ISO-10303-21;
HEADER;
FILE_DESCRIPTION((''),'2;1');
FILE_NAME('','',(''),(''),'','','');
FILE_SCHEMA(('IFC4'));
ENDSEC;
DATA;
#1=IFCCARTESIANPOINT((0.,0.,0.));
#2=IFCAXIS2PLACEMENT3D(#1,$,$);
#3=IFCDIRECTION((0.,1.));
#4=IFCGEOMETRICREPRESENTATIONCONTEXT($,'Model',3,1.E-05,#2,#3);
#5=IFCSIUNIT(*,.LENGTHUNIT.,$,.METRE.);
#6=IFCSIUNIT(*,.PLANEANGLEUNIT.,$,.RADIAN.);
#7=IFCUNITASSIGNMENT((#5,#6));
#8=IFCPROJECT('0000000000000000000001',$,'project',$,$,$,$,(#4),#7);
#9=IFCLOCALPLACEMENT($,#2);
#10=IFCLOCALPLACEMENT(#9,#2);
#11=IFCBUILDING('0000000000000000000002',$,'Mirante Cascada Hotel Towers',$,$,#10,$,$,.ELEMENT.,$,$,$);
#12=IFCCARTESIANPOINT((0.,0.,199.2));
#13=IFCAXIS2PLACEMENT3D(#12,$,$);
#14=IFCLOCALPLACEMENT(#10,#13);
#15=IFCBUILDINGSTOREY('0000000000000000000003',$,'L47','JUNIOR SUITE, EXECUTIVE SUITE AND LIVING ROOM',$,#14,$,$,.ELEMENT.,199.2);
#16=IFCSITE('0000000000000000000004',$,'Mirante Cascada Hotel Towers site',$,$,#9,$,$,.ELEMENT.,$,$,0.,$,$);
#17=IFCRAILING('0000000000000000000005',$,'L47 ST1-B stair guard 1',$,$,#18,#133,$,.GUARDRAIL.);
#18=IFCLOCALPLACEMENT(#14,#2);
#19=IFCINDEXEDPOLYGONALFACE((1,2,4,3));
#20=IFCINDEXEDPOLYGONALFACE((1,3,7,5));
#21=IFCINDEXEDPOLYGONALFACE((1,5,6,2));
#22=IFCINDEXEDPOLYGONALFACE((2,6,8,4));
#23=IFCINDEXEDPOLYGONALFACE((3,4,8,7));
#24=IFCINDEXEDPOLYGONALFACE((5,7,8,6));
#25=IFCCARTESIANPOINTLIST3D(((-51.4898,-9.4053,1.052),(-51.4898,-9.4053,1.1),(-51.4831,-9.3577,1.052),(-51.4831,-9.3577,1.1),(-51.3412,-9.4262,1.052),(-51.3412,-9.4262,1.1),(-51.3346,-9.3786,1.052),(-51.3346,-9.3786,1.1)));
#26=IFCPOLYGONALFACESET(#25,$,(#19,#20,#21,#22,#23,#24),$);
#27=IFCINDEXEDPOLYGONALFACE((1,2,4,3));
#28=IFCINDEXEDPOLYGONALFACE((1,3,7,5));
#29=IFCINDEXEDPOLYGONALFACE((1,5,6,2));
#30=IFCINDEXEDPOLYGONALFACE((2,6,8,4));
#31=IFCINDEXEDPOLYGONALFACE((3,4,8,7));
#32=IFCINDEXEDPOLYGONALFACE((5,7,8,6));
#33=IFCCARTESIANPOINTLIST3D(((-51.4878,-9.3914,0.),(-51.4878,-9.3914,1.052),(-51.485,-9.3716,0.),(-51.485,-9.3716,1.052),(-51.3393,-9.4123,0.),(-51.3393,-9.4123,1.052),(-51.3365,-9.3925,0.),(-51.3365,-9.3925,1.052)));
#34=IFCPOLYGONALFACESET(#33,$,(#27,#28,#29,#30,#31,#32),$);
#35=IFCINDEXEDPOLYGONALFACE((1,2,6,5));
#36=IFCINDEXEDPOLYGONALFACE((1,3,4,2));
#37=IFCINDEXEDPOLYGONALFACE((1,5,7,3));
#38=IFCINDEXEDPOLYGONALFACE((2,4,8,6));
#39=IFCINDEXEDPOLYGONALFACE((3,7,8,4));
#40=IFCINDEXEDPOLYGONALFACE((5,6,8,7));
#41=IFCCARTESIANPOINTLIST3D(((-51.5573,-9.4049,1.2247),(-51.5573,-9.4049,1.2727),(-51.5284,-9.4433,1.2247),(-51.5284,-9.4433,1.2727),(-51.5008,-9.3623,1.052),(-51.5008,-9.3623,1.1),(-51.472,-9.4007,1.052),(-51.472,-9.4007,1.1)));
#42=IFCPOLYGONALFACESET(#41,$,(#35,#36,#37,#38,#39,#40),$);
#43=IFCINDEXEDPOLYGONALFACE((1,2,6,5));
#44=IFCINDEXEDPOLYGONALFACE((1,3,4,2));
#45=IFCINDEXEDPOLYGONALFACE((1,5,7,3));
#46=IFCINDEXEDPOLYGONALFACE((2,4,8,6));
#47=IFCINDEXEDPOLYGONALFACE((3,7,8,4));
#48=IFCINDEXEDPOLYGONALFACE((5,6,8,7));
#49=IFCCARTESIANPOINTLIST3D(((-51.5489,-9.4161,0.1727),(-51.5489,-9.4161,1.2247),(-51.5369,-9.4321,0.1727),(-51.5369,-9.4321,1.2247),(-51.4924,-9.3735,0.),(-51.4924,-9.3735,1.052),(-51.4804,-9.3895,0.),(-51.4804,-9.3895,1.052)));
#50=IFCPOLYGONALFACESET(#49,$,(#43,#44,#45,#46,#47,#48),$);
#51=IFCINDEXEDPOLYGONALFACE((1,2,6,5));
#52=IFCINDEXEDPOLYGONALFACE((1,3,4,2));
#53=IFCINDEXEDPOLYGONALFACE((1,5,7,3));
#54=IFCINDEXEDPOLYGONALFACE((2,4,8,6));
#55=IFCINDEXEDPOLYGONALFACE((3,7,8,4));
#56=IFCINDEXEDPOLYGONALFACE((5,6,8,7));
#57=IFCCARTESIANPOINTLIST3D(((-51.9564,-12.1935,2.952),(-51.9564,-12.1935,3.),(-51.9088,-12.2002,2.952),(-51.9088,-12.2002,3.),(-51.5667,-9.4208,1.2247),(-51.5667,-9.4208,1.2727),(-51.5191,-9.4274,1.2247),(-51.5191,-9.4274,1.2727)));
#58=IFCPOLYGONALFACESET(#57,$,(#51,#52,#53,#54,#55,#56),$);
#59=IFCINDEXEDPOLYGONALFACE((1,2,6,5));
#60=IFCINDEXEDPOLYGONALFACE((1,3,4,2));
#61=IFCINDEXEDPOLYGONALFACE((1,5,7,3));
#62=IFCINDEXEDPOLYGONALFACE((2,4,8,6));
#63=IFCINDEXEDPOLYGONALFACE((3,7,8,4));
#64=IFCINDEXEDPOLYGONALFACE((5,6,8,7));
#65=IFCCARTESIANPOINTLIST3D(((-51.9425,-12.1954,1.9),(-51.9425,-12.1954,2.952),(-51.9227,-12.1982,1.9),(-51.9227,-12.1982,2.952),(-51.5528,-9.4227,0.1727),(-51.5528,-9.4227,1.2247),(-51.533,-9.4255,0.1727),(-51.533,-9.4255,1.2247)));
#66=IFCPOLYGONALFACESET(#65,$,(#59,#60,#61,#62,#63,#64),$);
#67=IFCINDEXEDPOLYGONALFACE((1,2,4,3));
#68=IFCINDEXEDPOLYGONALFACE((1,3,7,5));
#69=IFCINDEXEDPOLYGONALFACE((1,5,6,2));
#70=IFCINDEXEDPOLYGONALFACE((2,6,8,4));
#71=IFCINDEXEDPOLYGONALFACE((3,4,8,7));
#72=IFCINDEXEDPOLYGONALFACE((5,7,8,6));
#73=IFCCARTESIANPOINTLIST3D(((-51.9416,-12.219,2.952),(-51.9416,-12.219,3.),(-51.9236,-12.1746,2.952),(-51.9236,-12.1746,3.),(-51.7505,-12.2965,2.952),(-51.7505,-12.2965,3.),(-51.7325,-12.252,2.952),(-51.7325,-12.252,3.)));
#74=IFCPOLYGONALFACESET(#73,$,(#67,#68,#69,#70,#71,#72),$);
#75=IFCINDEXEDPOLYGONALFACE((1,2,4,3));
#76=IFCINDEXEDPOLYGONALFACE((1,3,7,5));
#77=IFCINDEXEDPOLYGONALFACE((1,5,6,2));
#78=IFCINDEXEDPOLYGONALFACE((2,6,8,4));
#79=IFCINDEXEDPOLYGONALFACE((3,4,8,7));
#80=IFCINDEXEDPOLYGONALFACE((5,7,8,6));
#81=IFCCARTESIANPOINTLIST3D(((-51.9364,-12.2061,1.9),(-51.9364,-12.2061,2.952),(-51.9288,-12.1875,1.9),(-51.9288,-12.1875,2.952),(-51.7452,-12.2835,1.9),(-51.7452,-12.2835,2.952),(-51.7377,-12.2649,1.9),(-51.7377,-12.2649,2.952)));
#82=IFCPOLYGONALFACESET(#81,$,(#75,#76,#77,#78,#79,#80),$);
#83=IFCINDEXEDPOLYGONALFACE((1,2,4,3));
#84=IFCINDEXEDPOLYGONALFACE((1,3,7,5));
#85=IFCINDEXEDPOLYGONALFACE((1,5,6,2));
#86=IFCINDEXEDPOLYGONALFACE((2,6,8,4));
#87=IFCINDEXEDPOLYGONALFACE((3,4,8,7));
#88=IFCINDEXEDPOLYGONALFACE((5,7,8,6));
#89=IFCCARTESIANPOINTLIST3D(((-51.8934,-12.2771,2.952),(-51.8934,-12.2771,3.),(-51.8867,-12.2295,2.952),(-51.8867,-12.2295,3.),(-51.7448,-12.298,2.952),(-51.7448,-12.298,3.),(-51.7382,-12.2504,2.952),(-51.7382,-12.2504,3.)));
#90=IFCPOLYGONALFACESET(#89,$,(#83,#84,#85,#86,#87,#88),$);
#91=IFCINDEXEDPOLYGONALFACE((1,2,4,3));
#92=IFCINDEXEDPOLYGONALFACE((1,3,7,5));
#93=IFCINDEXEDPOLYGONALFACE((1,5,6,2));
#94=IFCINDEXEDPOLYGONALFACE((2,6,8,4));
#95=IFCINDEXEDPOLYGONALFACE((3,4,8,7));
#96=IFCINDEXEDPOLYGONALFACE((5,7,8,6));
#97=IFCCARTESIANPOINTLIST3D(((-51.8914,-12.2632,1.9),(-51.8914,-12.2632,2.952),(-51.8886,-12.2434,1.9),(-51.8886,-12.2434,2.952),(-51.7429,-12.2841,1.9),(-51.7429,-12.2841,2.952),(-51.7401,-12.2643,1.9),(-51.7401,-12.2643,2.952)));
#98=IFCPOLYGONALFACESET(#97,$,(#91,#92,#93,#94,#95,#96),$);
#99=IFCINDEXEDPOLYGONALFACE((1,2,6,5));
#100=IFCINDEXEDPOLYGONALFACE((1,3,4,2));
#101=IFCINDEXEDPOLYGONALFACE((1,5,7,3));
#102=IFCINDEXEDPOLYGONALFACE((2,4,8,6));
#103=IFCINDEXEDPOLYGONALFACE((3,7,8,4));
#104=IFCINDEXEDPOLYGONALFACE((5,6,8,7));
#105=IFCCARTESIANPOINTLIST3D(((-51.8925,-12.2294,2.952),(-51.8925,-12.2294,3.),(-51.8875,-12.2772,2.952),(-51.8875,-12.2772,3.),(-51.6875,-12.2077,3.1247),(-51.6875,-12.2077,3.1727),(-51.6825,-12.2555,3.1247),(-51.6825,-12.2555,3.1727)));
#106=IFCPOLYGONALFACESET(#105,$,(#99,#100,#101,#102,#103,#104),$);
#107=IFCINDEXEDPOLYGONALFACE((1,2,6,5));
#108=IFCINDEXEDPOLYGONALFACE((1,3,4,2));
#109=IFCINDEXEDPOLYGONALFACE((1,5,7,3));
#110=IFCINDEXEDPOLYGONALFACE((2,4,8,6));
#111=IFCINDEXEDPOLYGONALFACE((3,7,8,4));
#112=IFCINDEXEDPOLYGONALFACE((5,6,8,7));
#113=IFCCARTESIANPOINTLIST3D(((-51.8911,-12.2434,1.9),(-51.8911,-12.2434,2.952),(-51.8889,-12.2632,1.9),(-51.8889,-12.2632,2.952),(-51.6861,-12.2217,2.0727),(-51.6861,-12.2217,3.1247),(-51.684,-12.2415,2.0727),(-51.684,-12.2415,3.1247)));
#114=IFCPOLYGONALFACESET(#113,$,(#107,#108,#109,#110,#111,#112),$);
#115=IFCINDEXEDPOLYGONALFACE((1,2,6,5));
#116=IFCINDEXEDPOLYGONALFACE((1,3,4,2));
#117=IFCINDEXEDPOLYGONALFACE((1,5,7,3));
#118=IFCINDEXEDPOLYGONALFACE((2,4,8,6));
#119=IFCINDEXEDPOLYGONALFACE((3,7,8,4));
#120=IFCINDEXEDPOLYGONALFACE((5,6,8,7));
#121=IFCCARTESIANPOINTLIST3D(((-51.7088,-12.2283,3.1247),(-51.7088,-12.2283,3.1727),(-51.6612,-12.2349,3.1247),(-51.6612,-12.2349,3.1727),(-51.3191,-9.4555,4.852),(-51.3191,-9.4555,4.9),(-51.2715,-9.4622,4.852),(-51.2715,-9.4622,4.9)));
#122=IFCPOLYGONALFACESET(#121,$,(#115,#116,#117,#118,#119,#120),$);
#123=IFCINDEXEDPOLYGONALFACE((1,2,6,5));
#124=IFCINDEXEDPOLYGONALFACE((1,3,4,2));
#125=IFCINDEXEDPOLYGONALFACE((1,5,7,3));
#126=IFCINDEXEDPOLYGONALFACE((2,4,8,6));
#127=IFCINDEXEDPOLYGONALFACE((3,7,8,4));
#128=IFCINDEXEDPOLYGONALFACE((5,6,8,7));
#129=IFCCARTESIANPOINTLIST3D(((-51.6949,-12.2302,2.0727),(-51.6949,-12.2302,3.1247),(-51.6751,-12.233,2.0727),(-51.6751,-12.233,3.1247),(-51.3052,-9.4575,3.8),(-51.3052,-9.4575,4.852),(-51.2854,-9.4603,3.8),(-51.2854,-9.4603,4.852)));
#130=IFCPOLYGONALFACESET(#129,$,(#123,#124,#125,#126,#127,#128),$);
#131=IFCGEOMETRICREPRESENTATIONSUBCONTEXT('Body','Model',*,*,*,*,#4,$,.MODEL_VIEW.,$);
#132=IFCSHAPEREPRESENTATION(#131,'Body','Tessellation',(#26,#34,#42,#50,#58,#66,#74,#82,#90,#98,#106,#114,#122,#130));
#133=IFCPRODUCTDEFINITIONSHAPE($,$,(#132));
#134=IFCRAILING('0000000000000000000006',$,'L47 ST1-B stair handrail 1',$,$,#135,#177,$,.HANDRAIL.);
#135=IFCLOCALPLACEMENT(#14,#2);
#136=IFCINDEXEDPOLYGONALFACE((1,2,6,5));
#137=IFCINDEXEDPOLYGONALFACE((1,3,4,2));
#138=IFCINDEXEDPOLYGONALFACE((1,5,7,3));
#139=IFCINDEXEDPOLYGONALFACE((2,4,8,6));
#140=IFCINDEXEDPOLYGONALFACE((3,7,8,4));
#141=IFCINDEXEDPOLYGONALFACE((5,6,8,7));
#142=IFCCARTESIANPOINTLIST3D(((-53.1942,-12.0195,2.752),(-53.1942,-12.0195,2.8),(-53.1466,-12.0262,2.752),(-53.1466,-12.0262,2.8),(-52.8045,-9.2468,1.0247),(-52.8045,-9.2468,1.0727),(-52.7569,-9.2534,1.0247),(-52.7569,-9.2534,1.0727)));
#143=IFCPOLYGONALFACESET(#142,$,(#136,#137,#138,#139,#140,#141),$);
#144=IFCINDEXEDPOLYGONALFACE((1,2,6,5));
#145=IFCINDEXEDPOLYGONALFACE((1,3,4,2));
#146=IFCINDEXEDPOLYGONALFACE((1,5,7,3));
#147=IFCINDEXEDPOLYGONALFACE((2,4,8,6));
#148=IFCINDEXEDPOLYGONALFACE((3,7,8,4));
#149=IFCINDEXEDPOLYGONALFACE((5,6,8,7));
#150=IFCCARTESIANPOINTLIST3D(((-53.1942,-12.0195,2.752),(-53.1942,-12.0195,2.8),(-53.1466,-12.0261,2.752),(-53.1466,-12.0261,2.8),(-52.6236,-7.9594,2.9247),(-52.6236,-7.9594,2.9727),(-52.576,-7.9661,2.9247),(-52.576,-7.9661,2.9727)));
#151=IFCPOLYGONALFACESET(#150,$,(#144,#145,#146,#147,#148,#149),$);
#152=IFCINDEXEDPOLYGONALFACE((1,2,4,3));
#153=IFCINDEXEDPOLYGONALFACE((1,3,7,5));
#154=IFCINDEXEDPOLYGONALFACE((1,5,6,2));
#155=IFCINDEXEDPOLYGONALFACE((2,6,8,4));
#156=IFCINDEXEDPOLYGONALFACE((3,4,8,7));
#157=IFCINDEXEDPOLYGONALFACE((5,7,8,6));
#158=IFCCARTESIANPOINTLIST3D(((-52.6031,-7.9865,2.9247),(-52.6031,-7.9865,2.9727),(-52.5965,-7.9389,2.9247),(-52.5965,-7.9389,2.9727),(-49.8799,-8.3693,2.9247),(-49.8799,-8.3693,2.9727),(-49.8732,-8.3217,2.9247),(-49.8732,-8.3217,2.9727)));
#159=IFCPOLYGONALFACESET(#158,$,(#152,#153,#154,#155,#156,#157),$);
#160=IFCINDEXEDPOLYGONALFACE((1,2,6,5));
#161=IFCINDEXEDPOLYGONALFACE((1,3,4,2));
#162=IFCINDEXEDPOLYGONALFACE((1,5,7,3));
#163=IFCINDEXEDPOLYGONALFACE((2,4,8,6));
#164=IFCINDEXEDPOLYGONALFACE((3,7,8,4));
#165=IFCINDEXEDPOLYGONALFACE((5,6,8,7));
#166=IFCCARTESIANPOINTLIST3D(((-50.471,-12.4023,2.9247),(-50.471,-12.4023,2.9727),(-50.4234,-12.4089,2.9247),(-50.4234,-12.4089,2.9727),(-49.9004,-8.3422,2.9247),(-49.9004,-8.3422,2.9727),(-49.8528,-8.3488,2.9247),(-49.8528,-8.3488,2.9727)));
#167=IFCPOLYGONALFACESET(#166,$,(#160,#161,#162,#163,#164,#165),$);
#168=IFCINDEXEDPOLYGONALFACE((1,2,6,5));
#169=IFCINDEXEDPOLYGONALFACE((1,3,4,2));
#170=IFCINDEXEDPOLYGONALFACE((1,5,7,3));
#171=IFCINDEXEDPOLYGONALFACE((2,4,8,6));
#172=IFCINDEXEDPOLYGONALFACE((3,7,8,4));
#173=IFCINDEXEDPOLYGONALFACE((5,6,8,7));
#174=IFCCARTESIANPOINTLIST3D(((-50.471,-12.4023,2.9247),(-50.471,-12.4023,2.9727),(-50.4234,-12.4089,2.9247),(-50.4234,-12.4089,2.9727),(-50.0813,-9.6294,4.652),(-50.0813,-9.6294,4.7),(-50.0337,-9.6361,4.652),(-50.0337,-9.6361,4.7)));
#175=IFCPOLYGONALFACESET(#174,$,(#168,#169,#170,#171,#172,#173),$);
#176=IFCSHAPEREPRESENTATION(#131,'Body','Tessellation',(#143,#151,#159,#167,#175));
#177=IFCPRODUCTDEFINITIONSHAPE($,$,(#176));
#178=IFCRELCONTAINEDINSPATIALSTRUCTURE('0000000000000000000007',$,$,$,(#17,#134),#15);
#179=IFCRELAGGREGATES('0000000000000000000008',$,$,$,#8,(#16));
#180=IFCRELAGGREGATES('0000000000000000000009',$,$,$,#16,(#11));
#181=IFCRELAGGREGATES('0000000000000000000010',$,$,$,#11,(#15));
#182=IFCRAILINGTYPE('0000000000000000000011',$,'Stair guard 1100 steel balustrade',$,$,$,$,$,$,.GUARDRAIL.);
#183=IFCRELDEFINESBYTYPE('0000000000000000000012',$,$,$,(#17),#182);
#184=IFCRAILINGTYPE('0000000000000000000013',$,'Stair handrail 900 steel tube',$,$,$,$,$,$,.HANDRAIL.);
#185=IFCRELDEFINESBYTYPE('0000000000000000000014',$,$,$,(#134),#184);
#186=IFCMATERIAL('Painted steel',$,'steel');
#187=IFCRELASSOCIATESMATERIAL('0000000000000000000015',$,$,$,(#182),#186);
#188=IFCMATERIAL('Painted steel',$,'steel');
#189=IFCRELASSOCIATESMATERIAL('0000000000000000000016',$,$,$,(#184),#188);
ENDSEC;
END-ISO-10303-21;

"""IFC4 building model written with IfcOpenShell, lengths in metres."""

from ifc_helpers import new_model, si_unit, direction, frame, origin, origin_2d, place, context, subcontext, project, spatial, rectangle, extrude, material, type_object, element, save


model = new_model("IFC4")

# Units and contexts
model_context = context("Model", 3, precision=1e-05, world=origin(), true_north=direction((0.0, 1.0)))
body_context = subcontext(model_context, "Body", "Model", "MODEL_VIEW")
ifc_project = project(units=[si_unit("LENGTHUNIT", "METRE"), si_unit("PLANEANGLEUNIT", "RADIAN")], contexts=[model_context])

# Site, building, storey
site_placement = place(None, origin())
site = spatial("IfcSite", under=ifc_project, at=site_placement, Name="Mirante Cascada Hotel Towers site", CompositionType="ELEMENT", RefElevation=0.0)
building_placement = place(site_placement, origin())
building = spatial("IfcBuilding", under=site, at=building_placement, Name="Mirante Cascada Hotel Towers", CompositionType="ELEMENT")
storey_placement = place(building_placement, frame((0.0, 0.0, 199.2)))
storey = spatial("IfcBuildingStorey", under=building, at=storey_placement, Name="L47", Description="JUNIOR SUITE, EXECUTIVE SUITE AND LIVING ROOM", CompositionType="ELEMENT", Elevation=199.2)

# Railings
ifc_material_1 = material(Name="Painted steel", Category="steel")
railing_type_1 = type_object("IfcRailingType", Name="Stair guard 1100 steel balustrade", PredefinedType="GUARDRAIL", material=ifc_material_1)
railing_1_placement = place(storey_placement, frame((-51.3379, -9.4024, 0.0)))
element("IfcRailing", 1, at=railing_1_placement, inside=storey, type_object=railing_type_1, Name="L47 ST1-B stair guard 1", PredefinedType="GUARDRAIL", context=body_context, shape_type="SweptSolid", body=[
    extrude(rectangle(XDim=0.048, YDim=0.048, at=origin_2d()), frame((0.0, 0.0, 1.076), z_axis=(-0.990241, 0.139367, 0.0), x_axis=(-0.139367, -0.990241, 0.0)), (0.0, 0.0, 1.0), 0.15),
    extrude(rectangle(XDim=0.02, YDim=1.052, at=origin_2d()), frame((0.0, 0.0, 0.526), z_axis=(-0.990241, 0.139367, 0.0), x_axis=(-0.139367, -0.990241, 0.0)), (0.0, 0.0, 1.0), 0.15),
    extrude(rectangle(XDim=0.048, YDim=0.048, at=origin_2d()), frame((-0.1485, 0.0209, 1.076), z_axis=(-0.798471, -0.602033, 0.0), x_axis=(0.602033, -0.798471, 0.0)), (0.0, 0.92534, 0.379139), 0.1866),
    extrude(rectangle(XDim=0.02, YDim=1.052, at=origin_2d()), frame((-0.1485, 0.0209, 0.526), z_axis=(-0.798471, -0.602033, 0.0), x_axis=(0.602033, -0.798471, 0.0)), (0.0, 0.92534, 0.379139), 0.1866),
    extrude(rectangle(XDim=0.048, YDim=0.048, at=origin_2d()), frame((-0.205, -0.0217, 1.2487), z_axis=(-0.139181, -0.990267, 0.0), x_axis=(0.990267, -0.139181, 0.0)), (0.0, 0.525035, 0.851081), 3.2899),
    extrude(rectangle(XDim=0.02, YDim=1.052, at=origin_2d()), frame((-0.205, -0.0217, 0.6987), z_axis=(-0.139181, -0.990267, 0.0), x_axis=(0.990267, -0.139181, 0.0)), (0.0, 0.525035, 0.851081), 3.2899),
    extrude(rectangle(XDim=0.048, YDim=0.048, at=origin_2d()), frame((-0.5947, -2.7944, 2.976), z_axis=(0.926862, -0.375401, 0.0), x_axis=(0.375401, 0.926862, 0.0)), (0.0, 0.0, 1.0), 0.2062),
    extrude(rectangle(XDim=0.02, YDim=1.052, at=origin_2d()), frame((-0.5947, -2.7944, 2.426), z_axis=(0.926862, -0.375401, 0.0), x_axis=(0.375401, 0.926862, 0.0)), (0.0, 0.0, 1.0), 0.2062),
    extrude(rectangle(XDim=0.048, YDim=0.048, at=origin_2d()), frame((-0.4036, -2.8718, 2.976), z_axis=(-0.990241, 0.139367, 0.0), x_axis=(-0.139367, -0.990241, 0.0)), (0.0, 0.0, 1.0), 0.15),
    extrude(rectangle(XDim=0.02, YDim=1.052, at=origin_2d()), frame((-0.4036, -2.8718, 2.426), z_axis=(-0.990241, 0.139367, 0.0), x_axis=(-0.139367, -0.990241, 0.0)), (0.0, 0.0, 1.0), 0.15),
    extrude(rectangle(XDim=0.048, YDim=0.048, at=origin_2d()), frame((-0.5521, -2.8509, 2.976), z_axis=(0.994444, 0.105266, 0.0), x_axis=(-0.105266, 0.994444, 0.0)), (0.0, 0.642184, 0.76655), 0.2689),
    extrude(rectangle(XDim=0.02, YDim=1.052, at=origin_2d()), frame((-0.5521, -2.8509, 2.426), z_axis=(0.994444, 0.105266, 0.0), x_axis=(-0.105266, 0.994444, 0.0)), (0.0, 0.642184, 0.76655), 0.2689),
    extrude(rectangle(XDim=0.048, YDim=0.048, at=origin_2d()), frame((-0.3471, -2.8292, 3.1487), z_axis=(0.139181, 0.990267, 0.0), x_axis=(-0.990267, 0.139181, 0.0)), (0.0, 0.525035, 0.851081), 3.2899),
    extrude(rectangle(XDim=0.02, YDim=1.052, at=origin_2d()), frame((-0.3471, -2.8292, 2.5987), z_axis=(0.139181, 0.990267, 0.0), x_axis=(-0.990267, 0.139181, 0.0)), (0.0, 0.525035, 0.851081), 3.2899),
])
ifc_material_2 = material(Name="Painted steel", Category="steel")
railing_type_2 = type_object("IfcRailingType", Name="Stair handrail 900 steel tube", PredefinedType="HANDRAIL", material=ifc_material_2)
railing_2_placement = place(storey_placement, frame((-52.7807, -9.2501, 0.1727)))
element("IfcRailing", 2, at=railing_2_placement, inside=storey, type_object=railing_type_2, Name="L47 ST1-B stair handrail 1", PredefinedType="HANDRAIL", context=body_context, shape_type="SweptSolid", body=[
    extrude(rectangle(XDim=0.048, YDim=0.048, at=origin_2d()), frame((0.0, 0.0, 0.876), z_axis=(-0.139181, -0.990267, 0.0), x_axis=(0.990267, -0.139181, 0.0)), (0.0, 0.525035, 0.851081), 3.2899),
    extrude(rectangle(XDim=0.048, YDim=0.048, at=origin_2d()), frame((-0.3897, -2.7727, 2.6033), z_axis=(0.139171, 0.990268, 0.0), x_axis=(-0.990268, 0.139171, 0.0)), (0.0, 0.042085, 0.999114), 4.1036),
    extrude(rectangle(XDim=0.048, YDim=0.048, at=origin_2d()), frame((0.1809, 1.2874, 2.776), z_axis=(0.990264, -0.139201, 0.0), x_axis=(0.139201, 0.990264, 0.0)), (0.0, 0.0, 1.0), 2.75),
    extrude(rectangle(XDim=0.048, YDim=0.048, at=origin_2d()), frame((2.9041, 0.9046, 2.776), z_axis=(-0.139171, -0.990268, 0.0), x_axis=(0.990268, -0.139171, 0.0)), (0.0, 0.0, 1.0), 4.1),
    extrude(rectangle(XDim=0.048, YDim=0.048, at=origin_2d()), frame((2.3335, -3.1555, 2.776), z_axis=(0.139176, 0.990268, 0.0), x_axis=(-0.990268, 0.139176, 0.0)), (0.0, 0.525021, 0.851089), 3.29),
])

save(model, "model.ifc")
